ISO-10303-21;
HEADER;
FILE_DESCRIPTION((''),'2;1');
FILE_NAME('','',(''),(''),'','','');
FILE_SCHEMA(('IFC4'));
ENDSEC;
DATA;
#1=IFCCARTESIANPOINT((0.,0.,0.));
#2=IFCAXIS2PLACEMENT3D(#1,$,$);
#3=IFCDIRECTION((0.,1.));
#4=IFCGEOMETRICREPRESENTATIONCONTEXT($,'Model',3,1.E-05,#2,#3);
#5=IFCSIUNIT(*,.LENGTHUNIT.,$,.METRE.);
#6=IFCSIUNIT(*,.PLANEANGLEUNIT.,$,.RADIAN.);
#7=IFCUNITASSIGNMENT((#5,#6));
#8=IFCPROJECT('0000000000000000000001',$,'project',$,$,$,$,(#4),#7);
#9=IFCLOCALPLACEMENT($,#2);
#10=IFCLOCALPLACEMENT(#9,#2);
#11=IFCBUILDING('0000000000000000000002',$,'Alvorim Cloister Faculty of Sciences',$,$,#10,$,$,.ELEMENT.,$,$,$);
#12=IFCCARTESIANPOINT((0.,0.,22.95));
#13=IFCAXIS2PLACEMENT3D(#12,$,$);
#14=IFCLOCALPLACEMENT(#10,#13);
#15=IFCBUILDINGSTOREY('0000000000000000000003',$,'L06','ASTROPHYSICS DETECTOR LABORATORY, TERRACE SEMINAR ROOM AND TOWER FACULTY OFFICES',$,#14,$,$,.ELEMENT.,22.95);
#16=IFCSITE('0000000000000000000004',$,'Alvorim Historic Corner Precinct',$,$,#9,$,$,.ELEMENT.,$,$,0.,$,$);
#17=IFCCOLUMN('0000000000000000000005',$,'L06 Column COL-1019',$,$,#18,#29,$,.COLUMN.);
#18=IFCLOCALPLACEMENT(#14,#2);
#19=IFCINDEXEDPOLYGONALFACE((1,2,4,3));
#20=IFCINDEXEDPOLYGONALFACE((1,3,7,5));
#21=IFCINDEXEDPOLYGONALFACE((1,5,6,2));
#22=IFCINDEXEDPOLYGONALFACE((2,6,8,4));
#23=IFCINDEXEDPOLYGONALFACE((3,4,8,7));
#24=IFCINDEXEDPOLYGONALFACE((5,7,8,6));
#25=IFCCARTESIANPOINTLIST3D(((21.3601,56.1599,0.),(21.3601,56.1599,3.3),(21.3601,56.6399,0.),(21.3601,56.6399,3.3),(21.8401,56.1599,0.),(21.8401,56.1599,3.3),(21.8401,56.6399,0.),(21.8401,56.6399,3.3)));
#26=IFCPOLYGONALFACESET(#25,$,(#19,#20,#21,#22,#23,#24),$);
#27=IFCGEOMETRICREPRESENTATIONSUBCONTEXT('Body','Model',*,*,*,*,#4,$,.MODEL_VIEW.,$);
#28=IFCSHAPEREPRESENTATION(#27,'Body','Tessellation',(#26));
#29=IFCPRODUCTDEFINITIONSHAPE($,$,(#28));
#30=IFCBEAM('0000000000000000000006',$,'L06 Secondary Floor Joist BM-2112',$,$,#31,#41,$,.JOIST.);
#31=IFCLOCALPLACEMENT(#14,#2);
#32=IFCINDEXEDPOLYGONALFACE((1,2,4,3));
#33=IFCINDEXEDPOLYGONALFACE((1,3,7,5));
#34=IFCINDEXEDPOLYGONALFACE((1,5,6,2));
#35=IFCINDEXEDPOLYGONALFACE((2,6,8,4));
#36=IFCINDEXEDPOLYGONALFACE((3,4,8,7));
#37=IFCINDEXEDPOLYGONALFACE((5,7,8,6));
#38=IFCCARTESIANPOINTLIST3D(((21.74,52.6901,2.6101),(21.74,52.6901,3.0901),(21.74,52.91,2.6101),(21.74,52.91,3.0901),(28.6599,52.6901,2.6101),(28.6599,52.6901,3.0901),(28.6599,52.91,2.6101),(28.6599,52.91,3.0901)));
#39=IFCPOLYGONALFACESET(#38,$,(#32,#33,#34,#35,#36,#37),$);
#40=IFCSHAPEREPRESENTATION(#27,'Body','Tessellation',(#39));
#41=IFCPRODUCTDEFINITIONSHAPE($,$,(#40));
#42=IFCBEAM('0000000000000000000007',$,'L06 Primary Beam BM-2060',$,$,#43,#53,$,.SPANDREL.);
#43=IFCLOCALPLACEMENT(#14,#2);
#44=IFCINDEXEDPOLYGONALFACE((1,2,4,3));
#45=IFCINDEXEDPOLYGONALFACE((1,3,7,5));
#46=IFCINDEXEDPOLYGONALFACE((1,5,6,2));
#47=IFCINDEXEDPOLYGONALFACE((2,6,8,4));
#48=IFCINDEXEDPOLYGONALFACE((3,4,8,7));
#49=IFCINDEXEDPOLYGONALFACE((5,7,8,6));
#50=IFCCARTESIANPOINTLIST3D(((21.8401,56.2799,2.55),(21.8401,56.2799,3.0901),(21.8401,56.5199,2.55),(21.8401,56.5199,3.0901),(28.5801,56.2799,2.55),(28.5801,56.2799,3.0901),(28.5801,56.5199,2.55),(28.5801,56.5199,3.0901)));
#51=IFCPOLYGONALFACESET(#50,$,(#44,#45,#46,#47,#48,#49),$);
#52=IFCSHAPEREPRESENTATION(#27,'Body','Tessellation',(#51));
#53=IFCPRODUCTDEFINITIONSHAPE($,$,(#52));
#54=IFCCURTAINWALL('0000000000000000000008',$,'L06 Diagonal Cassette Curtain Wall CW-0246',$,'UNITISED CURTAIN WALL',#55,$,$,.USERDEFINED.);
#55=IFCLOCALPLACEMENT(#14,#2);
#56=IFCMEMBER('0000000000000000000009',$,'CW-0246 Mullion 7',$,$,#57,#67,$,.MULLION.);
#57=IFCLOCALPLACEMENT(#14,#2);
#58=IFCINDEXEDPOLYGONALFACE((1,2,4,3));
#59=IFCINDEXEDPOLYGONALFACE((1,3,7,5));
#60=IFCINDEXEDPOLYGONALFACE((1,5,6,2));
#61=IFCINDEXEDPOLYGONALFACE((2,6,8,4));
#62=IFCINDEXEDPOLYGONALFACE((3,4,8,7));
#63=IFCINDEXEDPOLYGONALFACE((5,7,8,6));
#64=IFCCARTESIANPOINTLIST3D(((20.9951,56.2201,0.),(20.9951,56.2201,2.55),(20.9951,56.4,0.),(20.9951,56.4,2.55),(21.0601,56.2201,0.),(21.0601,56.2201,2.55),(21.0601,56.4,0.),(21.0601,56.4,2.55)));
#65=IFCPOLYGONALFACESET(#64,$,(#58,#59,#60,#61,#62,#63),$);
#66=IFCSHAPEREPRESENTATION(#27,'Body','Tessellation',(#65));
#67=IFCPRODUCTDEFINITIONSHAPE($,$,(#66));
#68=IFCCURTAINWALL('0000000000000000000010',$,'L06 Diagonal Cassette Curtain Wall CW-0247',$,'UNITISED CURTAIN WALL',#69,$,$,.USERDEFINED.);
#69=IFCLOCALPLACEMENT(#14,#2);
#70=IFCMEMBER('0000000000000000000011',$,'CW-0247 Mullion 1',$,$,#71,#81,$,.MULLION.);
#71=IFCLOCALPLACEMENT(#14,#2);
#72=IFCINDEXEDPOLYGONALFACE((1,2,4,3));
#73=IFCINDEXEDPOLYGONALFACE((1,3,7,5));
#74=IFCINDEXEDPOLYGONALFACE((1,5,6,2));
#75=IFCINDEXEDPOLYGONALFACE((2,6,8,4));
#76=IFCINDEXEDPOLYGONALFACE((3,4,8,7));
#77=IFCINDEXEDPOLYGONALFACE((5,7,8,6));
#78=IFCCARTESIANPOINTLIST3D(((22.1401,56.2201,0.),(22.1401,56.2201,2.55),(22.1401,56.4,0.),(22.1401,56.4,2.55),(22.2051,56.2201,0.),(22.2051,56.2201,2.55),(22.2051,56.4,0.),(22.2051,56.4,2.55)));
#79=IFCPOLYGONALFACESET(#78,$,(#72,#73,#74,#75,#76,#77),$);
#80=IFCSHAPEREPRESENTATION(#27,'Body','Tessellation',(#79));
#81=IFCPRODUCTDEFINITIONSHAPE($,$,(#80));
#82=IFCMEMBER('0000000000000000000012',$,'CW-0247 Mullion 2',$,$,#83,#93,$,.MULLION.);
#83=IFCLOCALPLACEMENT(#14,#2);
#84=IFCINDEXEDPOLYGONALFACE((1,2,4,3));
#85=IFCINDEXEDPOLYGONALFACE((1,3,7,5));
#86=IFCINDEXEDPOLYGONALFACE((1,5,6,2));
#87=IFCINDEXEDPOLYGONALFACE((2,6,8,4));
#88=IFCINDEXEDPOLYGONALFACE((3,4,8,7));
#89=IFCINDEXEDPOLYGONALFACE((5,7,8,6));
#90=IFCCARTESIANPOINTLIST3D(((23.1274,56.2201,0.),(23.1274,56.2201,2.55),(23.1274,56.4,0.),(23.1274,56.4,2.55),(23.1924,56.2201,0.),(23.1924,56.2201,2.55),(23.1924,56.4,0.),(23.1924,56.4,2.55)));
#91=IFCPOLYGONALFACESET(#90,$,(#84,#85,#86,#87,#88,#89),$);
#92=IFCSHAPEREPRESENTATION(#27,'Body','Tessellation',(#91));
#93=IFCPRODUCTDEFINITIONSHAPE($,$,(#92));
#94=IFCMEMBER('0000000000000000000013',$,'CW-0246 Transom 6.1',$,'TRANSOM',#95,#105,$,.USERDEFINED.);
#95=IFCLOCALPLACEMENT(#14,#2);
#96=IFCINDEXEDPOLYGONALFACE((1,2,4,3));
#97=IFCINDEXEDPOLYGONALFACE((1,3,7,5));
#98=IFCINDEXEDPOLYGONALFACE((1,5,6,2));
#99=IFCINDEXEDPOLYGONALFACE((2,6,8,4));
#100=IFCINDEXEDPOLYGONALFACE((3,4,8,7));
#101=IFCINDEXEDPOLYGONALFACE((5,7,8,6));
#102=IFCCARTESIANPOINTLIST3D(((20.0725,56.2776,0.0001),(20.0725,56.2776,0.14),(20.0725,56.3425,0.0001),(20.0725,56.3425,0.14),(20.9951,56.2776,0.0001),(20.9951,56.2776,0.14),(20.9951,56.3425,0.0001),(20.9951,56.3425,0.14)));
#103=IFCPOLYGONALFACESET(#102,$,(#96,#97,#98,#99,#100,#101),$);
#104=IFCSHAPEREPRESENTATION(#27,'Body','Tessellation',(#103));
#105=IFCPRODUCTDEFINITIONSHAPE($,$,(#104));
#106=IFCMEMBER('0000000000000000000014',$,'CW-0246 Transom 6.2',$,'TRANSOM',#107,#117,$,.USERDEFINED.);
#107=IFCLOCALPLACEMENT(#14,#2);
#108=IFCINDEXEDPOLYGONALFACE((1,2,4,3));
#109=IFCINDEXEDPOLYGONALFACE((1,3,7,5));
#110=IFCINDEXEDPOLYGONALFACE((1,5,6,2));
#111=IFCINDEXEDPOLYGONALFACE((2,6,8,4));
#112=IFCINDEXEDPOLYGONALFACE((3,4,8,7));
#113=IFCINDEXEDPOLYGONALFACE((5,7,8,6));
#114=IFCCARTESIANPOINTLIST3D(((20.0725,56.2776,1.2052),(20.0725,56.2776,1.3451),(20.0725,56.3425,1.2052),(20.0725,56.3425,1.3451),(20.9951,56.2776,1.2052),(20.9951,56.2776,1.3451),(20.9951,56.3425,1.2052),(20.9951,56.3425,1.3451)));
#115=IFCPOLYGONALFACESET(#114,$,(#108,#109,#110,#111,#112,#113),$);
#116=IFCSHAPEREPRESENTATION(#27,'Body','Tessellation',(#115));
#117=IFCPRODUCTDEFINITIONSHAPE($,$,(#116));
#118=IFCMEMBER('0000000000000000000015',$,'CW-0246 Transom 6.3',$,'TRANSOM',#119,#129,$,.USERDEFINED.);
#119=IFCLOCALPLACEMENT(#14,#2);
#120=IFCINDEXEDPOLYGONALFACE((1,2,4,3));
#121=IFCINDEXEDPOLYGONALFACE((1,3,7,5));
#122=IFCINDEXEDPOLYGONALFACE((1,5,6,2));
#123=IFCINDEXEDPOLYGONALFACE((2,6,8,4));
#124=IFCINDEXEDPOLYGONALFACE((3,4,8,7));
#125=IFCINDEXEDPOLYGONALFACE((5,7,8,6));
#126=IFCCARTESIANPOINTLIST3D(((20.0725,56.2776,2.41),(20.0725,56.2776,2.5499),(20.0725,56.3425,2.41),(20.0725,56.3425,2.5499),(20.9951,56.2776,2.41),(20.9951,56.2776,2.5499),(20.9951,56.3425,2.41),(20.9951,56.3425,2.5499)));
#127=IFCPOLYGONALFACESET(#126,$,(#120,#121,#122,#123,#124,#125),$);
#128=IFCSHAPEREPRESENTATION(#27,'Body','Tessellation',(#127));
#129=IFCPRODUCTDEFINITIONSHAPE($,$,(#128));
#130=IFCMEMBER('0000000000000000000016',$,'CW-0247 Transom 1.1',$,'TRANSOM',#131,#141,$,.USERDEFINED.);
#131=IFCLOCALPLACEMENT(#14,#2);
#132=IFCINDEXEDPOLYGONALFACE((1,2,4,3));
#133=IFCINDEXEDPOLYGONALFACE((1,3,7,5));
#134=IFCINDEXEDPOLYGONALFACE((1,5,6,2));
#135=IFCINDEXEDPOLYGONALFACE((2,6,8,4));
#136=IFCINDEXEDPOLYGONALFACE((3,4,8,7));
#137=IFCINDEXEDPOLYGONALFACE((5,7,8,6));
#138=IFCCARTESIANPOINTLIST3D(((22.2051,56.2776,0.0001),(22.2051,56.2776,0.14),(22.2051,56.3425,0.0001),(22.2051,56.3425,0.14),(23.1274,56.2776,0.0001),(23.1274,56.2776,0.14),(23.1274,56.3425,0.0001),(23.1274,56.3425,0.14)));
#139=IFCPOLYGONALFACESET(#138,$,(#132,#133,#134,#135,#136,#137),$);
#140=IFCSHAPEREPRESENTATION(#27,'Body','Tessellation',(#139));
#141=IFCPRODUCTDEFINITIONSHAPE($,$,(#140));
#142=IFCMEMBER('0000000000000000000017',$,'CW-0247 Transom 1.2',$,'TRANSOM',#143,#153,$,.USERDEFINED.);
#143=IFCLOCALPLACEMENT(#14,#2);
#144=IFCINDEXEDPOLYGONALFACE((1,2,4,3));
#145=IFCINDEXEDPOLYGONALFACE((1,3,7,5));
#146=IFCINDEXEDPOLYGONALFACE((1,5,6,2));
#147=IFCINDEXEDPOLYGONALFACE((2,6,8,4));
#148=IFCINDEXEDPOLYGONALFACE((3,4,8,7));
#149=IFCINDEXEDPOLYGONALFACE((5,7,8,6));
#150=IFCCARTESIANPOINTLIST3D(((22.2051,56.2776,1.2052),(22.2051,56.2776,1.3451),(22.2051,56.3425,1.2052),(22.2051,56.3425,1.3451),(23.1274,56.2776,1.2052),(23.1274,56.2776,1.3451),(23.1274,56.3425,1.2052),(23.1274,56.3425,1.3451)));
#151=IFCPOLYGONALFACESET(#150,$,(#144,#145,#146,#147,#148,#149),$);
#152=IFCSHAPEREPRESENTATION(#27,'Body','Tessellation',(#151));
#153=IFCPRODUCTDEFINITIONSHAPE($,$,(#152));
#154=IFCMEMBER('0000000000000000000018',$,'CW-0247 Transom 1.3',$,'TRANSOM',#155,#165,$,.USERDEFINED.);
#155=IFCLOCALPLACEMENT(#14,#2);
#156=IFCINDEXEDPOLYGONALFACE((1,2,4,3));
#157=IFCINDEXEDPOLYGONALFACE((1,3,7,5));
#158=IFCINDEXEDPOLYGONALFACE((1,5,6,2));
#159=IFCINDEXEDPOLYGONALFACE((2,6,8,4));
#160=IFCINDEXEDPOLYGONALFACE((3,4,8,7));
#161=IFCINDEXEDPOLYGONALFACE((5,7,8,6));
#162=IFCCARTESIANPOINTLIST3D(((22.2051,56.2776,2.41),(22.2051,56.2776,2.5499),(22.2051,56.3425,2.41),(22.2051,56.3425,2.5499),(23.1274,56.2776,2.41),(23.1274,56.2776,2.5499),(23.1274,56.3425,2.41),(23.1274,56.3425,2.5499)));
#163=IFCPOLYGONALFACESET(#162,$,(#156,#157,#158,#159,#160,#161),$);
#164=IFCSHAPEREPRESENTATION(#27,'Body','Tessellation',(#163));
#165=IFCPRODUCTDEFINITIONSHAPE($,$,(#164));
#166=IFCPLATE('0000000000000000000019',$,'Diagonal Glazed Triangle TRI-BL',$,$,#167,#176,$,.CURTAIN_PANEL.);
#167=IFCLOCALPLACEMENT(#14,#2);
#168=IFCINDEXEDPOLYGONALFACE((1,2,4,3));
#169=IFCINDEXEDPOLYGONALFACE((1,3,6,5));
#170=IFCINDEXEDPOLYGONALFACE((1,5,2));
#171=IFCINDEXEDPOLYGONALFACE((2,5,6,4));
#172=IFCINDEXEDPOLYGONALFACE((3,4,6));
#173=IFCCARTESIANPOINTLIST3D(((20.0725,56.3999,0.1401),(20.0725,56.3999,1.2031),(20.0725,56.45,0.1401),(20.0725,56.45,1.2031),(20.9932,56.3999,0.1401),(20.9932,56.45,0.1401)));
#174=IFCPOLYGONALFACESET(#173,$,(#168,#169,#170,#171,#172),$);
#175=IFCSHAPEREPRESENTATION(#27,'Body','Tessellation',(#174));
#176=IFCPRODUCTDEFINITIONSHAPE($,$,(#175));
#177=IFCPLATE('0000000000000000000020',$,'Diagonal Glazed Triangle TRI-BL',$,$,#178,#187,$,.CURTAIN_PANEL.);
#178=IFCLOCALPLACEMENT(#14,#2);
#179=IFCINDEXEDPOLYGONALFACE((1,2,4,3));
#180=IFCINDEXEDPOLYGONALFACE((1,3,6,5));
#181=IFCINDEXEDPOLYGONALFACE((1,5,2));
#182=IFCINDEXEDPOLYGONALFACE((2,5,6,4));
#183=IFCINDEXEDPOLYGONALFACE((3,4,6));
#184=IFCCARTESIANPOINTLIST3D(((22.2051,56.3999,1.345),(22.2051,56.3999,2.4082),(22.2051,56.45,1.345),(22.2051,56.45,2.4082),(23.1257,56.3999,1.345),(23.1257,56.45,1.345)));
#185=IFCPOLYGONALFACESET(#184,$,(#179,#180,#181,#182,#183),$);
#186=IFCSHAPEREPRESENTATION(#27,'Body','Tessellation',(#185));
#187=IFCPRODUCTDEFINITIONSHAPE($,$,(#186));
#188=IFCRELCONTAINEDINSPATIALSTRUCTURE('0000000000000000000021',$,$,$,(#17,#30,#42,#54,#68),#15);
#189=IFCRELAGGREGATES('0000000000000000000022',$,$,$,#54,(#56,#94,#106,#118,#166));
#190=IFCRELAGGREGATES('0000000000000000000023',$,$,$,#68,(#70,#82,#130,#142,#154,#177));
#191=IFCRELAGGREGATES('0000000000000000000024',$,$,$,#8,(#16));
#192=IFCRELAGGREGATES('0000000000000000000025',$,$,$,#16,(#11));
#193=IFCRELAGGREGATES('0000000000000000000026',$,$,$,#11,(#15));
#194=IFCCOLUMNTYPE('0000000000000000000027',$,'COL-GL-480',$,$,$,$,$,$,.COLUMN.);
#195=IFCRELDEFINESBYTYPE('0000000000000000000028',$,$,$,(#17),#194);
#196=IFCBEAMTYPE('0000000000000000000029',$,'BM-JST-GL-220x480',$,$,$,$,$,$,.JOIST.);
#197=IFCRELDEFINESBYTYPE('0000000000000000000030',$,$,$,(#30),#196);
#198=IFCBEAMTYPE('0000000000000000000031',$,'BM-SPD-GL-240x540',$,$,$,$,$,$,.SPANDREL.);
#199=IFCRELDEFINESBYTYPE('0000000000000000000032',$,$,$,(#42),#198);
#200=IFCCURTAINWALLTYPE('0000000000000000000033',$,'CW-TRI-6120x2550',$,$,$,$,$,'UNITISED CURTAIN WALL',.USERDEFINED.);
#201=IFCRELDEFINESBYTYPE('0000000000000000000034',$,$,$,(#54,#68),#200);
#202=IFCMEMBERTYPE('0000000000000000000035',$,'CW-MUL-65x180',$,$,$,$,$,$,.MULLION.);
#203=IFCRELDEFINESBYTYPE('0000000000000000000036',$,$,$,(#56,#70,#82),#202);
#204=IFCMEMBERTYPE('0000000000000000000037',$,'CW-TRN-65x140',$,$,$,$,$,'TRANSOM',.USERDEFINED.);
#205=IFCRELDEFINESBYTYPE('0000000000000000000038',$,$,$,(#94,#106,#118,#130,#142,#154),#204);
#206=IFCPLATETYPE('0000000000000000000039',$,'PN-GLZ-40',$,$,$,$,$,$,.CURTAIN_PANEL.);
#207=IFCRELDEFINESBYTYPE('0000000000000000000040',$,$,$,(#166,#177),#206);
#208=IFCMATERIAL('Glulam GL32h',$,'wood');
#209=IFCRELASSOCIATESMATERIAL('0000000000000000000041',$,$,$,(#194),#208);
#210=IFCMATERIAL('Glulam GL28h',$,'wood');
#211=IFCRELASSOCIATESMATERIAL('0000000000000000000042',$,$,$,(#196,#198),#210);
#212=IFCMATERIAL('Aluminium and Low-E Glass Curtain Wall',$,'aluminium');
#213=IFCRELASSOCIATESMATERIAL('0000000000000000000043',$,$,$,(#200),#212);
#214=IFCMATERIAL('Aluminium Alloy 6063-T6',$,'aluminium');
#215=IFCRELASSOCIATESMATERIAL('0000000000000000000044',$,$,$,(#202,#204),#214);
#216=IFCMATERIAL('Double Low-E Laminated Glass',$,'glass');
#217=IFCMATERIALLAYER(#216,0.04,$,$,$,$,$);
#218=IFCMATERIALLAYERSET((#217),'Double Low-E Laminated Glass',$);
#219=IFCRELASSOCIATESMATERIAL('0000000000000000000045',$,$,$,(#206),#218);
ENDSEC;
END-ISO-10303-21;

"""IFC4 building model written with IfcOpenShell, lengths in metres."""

from ifc_helpers import new_model, si_unit, direction, frame, origin, origin_2d, place, context, subcontext, project, spatial, polyline, rectangle, outline, extrude, material, layer, layer_set, material_profile, profile_set, type_object, element, aggregate, save


model = new_model("IFC4")

# Units and contexts
model_context = context("Model", 3, precision=1e-05, world=origin(), true_north=direction((0.0, 1.0)))
body_context = subcontext(model_context, "Body", "Model", "MODEL_VIEW")
ifc_project = project(units=[si_unit("LENGTHUNIT", "METRE"), si_unit("PLANEANGLEUNIT", "RADIAN")], contexts=[model_context])

# Site, building, storey
site_placement = place(None, origin())
site = spatial("IfcSite", under=ifc_project, at=site_placement, Name="Alvorim Historic Corner Precinct", CompositionType="ELEMENT", RefElevation=0.0)
building_placement = place(site_placement, origin())
building = spatial("IfcBuilding", under=site, at=building_placement, Name="Alvorim Cloister Faculty of Sciences", CompositionType="ELEMENT")
storey_placement = place(building_placement, frame((0.0, 0.0, 22.95)))
storey = spatial("IfcBuildingStorey", under=building, at=storey_placement, Name="L06", Description="ASTROPHYSICS DETECTOR LABORATORY, TERRACE SEMINAR ROOM AND TOWER FACULTY OFFICES", CompositionType="ELEMENT", Elevation=22.95)

# Column
ifc_material_1 = material(Name="Glulam GL32h", Category="wood")
ifc_material_profile_1 = material_profile(ifc_material_1, rectangle(XDim=0.48, YDim=0.48, at=origin_2d()), Name="GL32-COL-480x480")
ifc_profile_set_1 = profile_set([ifc_material_profile_1], Name="Glulam GL32h")
column_type = type_object("IfcColumnType", Name="COL-GL-480", PredefinedType="COLUMN", material=ifc_profile_set_1)
column_placement = place(storey_placement, frame((21.6001, 56.3999, 0.0), z_axis=(0.0, 0.0, 1.0), x_axis=(1.0, 0.0, 0.0)))
element("IfcColumn", 1, at=column_placement, inside=storey, type_object=column_type, Name="L06 Column COL-1019", PredefinedType="COLUMN", context=body_context, shape_type="SweptSolid", body=[
    extrude(rectangle(XDim=0.48, YDim=0.48, at=origin_2d()), origin(), (0.0, 0.0, 1.0), 3.3),
])

# Beams
ifc_material_2 = material(Name="Glulam GL28h", Category="wood")
ifc_material_profile_2 = material_profile(ifc_material_2, rectangle(XDim=0.22, YDim=0.48, at=origin_2d()), Name="GL28-JST-220x480")
ifc_profile_set_2 = profile_set([ifc_material_profile_2], Name="Glulam GL28h")
beam_type_1 = type_object("IfcBeamType", Name="BM-JST-GL-220x480", PredefinedType="JOIST", material=ifc_profile_set_2)
beam_1_placement = place(storey_placement, frame((21.74, 52.8, 2.8501), z_axis=(1.0, 0.0, 0.0), x_axis=(0.0, 1.0, 0.0)))
element("IfcBeam", 2, at=beam_1_placement, inside=storey, type_object=beam_type_1, Name="L06 Secondary Floor Joist BM-2112", PredefinedType="JOIST", context=body_context, shape_type="SweptSolid", body=[
    extrude(rectangle(XDim=0.22, YDim=0.48, at=origin_2d()), origin(), (0.0, 0.0, 1.0), 6.9199),
])
ifc_material_profile_3 = material_profile(ifc_material_2, rectangle(XDim=0.24, YDim=0.54, at=origin_2d()), Name="GL28-SPD-240x540")
ifc_profile_set_3 = profile_set([ifc_material_profile_3], Name="Glulam GL28h")
beam_type_2 = type_object("IfcBeamType", Name="BM-SPD-GL-240x540", PredefinedType="SPANDREL", material=ifc_profile_set_3)
beam_2_placement = place(storey_placement, frame((21.8401, 56.3999, 2.8201), z_axis=(1.0, 0.0, 0.0), x_axis=(0.0, 1.0, 0.0)))
element("IfcBeam", 3, at=beam_2_placement, inside=storey, type_object=beam_type_2, Name="L06 Primary Beam BM-2060", PredefinedType="SPANDREL", context=body_context, shape_type="SweptSolid", body=[
    extrude(rectangle(XDim=0.24, YDim=0.54, at=origin_2d()), origin(), (0.0, 0.0, 1.0), 6.74),
])

# Curtain wall, member
ifc_material_3 = material(Name="Aluminium and Low-E Glass Curtain Wall", Category="aluminium")
curtain_wall_type = type_object("IfcCurtainWallType", Name="CW-TRI-6120x2550", ElementType="UNITISED CURTAIN WALL", PredefinedType="USERDEFINED", material=ifc_material_3)
curtain_wall_1_placement = place(storey_placement, origin())
curtain_wall_1 = element("IfcCurtainWall", 4, at=curtain_wall_1_placement, inside=storey, type_object=curtain_wall_type, Name="L06 Diagonal Cassette Curtain Wall CW-0246", ObjectType="UNITISED CURTAIN WALL", PredefinedType="USERDEFINED")
ifc_material_4 = material(Name="Aluminium Alloy 6063-T6", Category="aluminium")
ifc_material_profile_4 = material_profile(ifc_material_4, rectangle(XDim=0.0649, YDim=0.1799, at=origin_2d()), Name="ALU-MUL-65x180")
ifc_profile_set_4 = profile_set([ifc_material_profile_4], Name="Aluminium Alloy 6063-T6")
member_type_1 = type_object("IfcMemberType", Name="CW-MUL-65x180", PredefinedType="MULLION", material=ifc_profile_set_4)
member_1_placement = place(storey_placement, frame((21.0276, 56.3101, 0.0), z_axis=(0.0, 0.0, 1.0), x_axis=(1.0, 0.0, 0.0)))
member_1 = element("IfcMember", 5, at=member_1_placement, type_object=member_type_1, Name="CW-0246 Mullion 7", PredefinedType="MULLION", context=body_context, shape_type="SweptSolid", body=[
    extrude(rectangle(XDim=0.0649, YDim=0.1799, at=origin_2d()), origin(), (0.0, 0.0, 1.0), 2.55),
])

# Curtain wall, members
curtain_wall_2_placement = place(storey_placement, origin())
curtain_wall_2 = element("IfcCurtainWall", 6, at=curtain_wall_2_placement, inside=storey, type_object=curtain_wall_type, Name="L06 Diagonal Cassette Curtain Wall CW-0247", ObjectType="UNITISED CURTAIN WALL", PredefinedType="USERDEFINED")
member_2_placement = place(storey_placement, frame((22.1726, 56.3101, 0.0), z_axis=(0.0, 0.0, 1.0), x_axis=(1.0, 0.0, 0.0)))
member_2 = element("IfcMember", 7, at=member_2_placement, type_object=member_type_1, Name="CW-0247 Mullion 1", PredefinedType="MULLION", context=body_context, shape_type="SweptSolid", body=[
    extrude(rectangle(XDim=0.0649, YDim=0.1799, at=origin_2d()), origin(), (0.0, 0.0, 1.0), 2.55),
])
member_3_placement = place(storey_placement, frame((23.1599, 56.3101, 0.0), z_axis=(0.0, 0.0, 1.0), x_axis=(1.0, 0.0, 0.0)))
member_3 = element("IfcMember", 8, at=member_3_placement, type_object=member_type_1, Name="CW-0247 Mullion 2", PredefinedType="MULLION", context=body_context, shape_type="SweptSolid", body=[
    extrude(rectangle(XDim=0.0649, YDim=0.1799, at=origin_2d()), origin(), (0.0, 0.0, 1.0), 2.55),
])

# Members
ifc_material_profile_5 = material_profile(ifc_material_4, rectangle(XDim=0.0649, YDim=0.1399, at=origin_2d()), Name="ALU-TRN-65x140")
ifc_profile_set_5 = profile_set([ifc_material_profile_5], Name="Aluminium Alloy 6063-T6")
member_type_2 = type_object("IfcMemberType", Name="CW-TRN-65x140", ElementType="TRANSOM", PredefinedType="USERDEFINED", material=ifc_profile_set_5)
member_4_placement = place(storey_placement, frame((20.0725, 56.3101, 0.0701), z_axis=(1.0, 0.0, 0.0), x_axis=(0.0, 1.0, 0.0)))
member_4 = element("IfcMember", 9, at=member_4_placement, type_object=member_type_2, Name="CW-0246 Transom 6.1", ObjectType="TRANSOM", PredefinedType="USERDEFINED", context=body_context, shape_type="SweptSolid", body=[
    extrude(rectangle(XDim=0.0649, YDim=0.1399, at=origin_2d()), origin(), (0.0, 0.0, 1.0), 0.9226),
])
member_5_placement = place(storey_placement, frame((20.0725, 56.3101, 1.2751), z_axis=(1.0, 0.0, 0.0), x_axis=(0.0, 1.0, 0.0)))
member_5 = element("IfcMember", 10, at=member_5_placement, type_object=member_type_2, Name="CW-0246 Transom 6.2", ObjectType="TRANSOM", PredefinedType="USERDEFINED", context=body_context, shape_type="SweptSolid", body=[
    extrude(rectangle(XDim=0.0649, YDim=0.1399, at=origin_2d()), origin(), (0.0, 0.0, 1.0), 0.9226),
])
member_6_placement = place(storey_placement, frame((20.0725, 56.3101, 2.48), z_axis=(1.0, 0.0, 0.0), x_axis=(0.0, 1.0, 0.0)))
member_6 = element("IfcMember", 11, at=member_6_placement, type_object=member_type_2, Name="CW-0246 Transom 6.3", ObjectType="TRANSOM", PredefinedType="USERDEFINED", context=body_context, shape_type="SweptSolid", body=[
    extrude(rectangle(XDim=0.0649, YDim=0.1399, at=origin_2d()), origin(), (0.0, 0.0, 1.0), 0.9226),
])
member_7_placement = place(storey_placement, frame((22.2051, 56.3101, 0.0701), z_axis=(1.0, 0.0, 0.0), x_axis=(0.0, 1.0, 0.0)))
member_7 = element("IfcMember", 12, at=member_7_placement, type_object=member_type_2, Name="CW-0247 Transom 1.1", ObjectType="TRANSOM", PredefinedType="USERDEFINED", context=body_context, shape_type="SweptSolid", body=[
    extrude(rectangle(XDim=0.0649, YDim=0.1399, at=origin_2d()), origin(), (0.0, 0.0, 1.0), 0.9224),
])
member_8_placement = place(storey_placement, frame((22.2051, 56.3101, 1.2751), z_axis=(1.0, 0.0, 0.0), x_axis=(0.0, 1.0, 0.0)))
member_8 = element("IfcMember", 13, at=member_8_placement, type_object=member_type_2, Name="CW-0247 Transom 1.2", ObjectType="TRANSOM", PredefinedType="USERDEFINED", context=body_context, shape_type="SweptSolid", body=[
    extrude(rectangle(XDim=0.0649, YDim=0.1399, at=origin_2d()), origin(), (0.0, 0.0, 1.0), 0.9224),
])
member_9_placement = place(storey_placement, frame((22.2051, 56.3101, 2.48), z_axis=(1.0, 0.0, 0.0), x_axis=(0.0, 1.0, 0.0)))
member_9 = element("IfcMember", 14, at=member_9_placement, type_object=member_type_2, Name="CW-0247 Transom 1.3", ObjectType="TRANSOM", PredefinedType="USERDEFINED", context=body_context, shape_type="SweptSolid", body=[
    extrude(rectangle(XDim=0.0649, YDim=0.1399, at=origin_2d()), origin(), (0.0, 0.0, 1.0), 0.9224),
])

# Plates
ifc_material_5 = material(Name="Double Low-E Laminated Glass", Category="glass")
ifc_layer_1 = layer(ifc_material_5, 0.04)
ifc_layer_set_1 = layer_set([ifc_layer_1], Name="Double Low-E Laminated Glass")
plate_type = type_object("IfcPlateType", Name="PN-GLZ-40", PredefinedType="CURTAIN_PANEL", material=ifc_layer_set_1)
plate_1_placement = place(storey_placement, frame((20.0725, 56.425, 0.1401), z_axis=(0.0, 0.0, 1.0), x_axis=(1.0, 0.0, 0.0)))
plate_1 = element("IfcPlate", 15, at=plate_1_placement, type_object=plate_type, Name="Diagonal Glazed Triangle TRI-BL", PredefinedType="CURTAIN_PANEL", context=body_context, shape_type="SweptSolid", body=[
    extrude(outline(polyline([(0.0, 0.0), (0.9207, 0.0), (0.0, 1.063), (0.0, 0.0)])), frame((0.0, 0.0249, 0.0), z_axis=(0.0, -1.0, 0.0), x_axis=(1.0, 0.0, 0.0)), (0.0, 0.0, 1.0), 0.05),
])
aggregate(curtain_wall_1, [member_1, member_4, member_5, member_6, plate_1])
plate_2_placement = place(storey_placement, frame((22.2051, 56.425, 1.345), z_axis=(0.0, 0.0, 1.0), x_axis=(1.0, 0.0, 0.0)))
plate_2 = element("IfcPlate", 16, at=plate_2_placement, type_object=plate_type, Name="Diagonal Glazed Triangle TRI-BL", PredefinedType="CURTAIN_PANEL", context=body_context, shape_type="SweptSolid", body=[
    extrude(outline(polyline([(0.0, 0.0), (0.9207, 0.0), (0.0, 1.0632), (0.0, 0.0)])), frame((0.0, 0.0249, 0.0), z_axis=(0.0, -1.0, 0.0), x_axis=(1.0, 0.0, 0.0)), (0.0, 0.0, 1.0), 0.05),
])
aggregate(curtain_wall_2, [member_2, member_3, member_7, member_8, member_9, plate_2])

save(model, "model.ifc")
